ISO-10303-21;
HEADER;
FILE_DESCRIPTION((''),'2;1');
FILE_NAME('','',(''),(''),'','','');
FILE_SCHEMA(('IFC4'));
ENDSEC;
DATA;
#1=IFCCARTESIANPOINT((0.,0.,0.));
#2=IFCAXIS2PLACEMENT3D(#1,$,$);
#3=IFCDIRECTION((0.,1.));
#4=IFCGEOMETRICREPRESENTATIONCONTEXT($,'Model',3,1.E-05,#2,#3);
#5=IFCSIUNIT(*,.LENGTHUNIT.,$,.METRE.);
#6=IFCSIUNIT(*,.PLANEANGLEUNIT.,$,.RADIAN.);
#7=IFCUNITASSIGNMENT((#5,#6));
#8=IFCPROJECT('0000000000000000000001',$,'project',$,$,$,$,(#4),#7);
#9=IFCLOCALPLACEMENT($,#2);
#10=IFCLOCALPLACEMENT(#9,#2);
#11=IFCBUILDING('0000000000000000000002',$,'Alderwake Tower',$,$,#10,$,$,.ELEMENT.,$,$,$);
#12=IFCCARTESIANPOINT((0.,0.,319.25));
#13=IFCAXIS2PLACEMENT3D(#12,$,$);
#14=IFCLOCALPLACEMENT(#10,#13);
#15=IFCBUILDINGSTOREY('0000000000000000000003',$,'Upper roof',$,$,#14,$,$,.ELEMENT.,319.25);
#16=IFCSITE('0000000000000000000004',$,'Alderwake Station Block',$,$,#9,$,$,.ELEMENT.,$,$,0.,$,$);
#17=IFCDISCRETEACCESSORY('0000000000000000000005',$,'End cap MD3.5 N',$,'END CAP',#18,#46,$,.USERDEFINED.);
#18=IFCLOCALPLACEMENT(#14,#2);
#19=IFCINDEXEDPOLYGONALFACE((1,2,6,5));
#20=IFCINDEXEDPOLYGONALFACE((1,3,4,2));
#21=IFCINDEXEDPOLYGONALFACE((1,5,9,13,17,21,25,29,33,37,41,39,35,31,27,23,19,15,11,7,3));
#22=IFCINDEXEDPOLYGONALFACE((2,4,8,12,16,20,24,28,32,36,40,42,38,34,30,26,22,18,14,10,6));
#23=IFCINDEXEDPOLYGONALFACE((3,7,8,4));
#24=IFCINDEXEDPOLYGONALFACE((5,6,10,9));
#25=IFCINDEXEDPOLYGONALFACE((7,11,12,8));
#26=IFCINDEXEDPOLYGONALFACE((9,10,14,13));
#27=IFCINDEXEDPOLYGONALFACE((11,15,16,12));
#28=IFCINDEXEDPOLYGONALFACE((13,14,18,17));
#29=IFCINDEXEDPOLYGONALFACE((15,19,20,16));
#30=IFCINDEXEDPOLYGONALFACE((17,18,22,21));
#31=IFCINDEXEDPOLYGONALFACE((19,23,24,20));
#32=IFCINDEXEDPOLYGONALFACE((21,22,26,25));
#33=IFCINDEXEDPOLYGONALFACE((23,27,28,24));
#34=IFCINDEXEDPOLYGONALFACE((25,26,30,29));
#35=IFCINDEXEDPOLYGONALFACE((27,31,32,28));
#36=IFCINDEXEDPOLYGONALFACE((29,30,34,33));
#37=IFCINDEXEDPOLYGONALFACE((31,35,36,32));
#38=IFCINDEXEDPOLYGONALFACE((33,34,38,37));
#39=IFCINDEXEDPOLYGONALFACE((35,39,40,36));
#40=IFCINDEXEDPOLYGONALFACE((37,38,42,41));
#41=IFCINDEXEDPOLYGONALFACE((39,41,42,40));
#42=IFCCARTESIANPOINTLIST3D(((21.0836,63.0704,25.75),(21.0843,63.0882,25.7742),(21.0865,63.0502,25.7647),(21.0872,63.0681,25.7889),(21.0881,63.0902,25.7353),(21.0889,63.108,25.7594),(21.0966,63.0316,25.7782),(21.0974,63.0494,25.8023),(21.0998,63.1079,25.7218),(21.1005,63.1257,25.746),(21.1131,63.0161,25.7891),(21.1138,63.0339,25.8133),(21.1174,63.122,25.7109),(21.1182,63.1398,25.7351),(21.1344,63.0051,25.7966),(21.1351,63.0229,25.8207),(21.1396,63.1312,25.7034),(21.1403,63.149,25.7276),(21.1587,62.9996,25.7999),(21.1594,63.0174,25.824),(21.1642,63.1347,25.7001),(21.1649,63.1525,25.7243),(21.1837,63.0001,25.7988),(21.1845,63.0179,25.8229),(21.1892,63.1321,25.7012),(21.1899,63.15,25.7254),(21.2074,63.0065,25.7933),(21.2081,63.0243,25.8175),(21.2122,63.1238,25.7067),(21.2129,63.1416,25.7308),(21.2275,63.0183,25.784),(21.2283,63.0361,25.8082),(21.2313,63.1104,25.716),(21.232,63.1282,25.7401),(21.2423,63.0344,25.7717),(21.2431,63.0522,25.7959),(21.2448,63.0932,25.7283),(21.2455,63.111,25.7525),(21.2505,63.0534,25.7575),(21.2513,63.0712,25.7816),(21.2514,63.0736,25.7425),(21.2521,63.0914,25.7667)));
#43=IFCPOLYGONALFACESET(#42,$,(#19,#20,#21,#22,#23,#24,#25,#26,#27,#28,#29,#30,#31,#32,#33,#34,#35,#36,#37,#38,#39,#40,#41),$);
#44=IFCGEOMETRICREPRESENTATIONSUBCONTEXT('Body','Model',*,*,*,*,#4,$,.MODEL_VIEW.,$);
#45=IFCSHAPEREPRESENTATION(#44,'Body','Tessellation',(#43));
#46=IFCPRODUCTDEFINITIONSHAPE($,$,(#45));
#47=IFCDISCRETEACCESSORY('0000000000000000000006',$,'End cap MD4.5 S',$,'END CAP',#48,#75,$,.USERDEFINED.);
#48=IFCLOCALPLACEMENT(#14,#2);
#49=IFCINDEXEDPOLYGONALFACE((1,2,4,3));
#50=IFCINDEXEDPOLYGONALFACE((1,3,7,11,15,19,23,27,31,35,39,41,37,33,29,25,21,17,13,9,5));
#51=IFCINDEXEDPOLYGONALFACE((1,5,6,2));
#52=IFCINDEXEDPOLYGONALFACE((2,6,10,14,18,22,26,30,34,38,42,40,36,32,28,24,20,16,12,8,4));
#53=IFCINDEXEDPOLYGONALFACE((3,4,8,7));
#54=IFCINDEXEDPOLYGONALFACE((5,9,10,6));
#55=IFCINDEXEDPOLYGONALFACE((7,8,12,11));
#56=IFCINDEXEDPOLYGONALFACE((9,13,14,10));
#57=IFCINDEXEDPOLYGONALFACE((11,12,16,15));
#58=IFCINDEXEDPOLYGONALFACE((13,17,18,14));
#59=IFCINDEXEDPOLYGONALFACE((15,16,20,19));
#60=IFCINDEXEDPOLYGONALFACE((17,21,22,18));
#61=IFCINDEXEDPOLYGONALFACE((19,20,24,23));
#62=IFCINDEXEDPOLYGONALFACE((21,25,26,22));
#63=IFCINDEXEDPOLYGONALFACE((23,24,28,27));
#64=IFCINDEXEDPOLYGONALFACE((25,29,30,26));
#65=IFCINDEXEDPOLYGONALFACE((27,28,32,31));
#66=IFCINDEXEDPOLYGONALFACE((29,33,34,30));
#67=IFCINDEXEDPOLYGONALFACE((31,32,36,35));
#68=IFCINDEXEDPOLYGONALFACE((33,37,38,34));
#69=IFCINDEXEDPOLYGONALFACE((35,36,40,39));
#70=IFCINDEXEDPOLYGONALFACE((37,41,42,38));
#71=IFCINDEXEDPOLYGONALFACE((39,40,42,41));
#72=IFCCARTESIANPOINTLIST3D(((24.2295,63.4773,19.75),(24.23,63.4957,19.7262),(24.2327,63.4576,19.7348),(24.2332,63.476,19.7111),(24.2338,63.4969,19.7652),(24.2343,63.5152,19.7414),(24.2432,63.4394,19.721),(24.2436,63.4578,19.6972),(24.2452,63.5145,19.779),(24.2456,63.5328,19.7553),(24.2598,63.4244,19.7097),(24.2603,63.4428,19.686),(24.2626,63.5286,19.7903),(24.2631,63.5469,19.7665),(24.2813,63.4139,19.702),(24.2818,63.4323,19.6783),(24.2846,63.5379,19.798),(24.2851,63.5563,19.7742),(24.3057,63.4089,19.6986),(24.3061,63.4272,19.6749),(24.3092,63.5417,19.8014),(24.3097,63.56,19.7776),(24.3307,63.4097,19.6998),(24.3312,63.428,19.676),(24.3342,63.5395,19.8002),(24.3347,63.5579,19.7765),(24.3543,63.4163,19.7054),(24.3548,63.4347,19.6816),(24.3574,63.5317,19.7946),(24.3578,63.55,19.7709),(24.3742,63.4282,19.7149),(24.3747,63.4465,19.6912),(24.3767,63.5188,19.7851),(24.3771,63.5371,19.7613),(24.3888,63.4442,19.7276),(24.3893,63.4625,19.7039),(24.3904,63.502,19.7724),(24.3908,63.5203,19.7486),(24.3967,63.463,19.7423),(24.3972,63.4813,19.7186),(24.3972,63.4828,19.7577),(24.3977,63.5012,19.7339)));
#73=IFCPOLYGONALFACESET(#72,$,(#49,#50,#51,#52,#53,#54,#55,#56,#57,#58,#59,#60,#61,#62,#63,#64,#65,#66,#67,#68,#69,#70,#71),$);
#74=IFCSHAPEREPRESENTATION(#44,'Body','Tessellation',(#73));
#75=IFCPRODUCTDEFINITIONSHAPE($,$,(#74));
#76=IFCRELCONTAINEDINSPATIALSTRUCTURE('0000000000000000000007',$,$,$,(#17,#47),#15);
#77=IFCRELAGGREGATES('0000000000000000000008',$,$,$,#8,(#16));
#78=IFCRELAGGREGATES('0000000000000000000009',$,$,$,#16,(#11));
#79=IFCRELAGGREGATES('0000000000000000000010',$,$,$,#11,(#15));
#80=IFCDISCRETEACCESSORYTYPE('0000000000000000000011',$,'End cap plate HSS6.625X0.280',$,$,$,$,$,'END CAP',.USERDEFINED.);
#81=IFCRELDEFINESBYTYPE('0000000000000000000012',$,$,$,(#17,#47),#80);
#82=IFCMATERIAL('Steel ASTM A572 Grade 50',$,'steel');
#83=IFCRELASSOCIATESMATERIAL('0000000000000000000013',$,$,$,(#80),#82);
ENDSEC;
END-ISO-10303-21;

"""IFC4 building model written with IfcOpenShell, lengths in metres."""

from ifc_helpers import new_model, si_unit, direction, frame, origin, origin_2d, place, context, subcontext, project, spatial, circle, extrude, material, material_profile, profile_set, type_object, element, save


model = new_model("IFC4")

# Units and contexts
model_context = context("Model", 3, precision=1e-05, world=origin(), true_north=direction((0.0, 1.0)))
body_context = subcontext(model_context, "Body", "Model", "MODEL_VIEW")
ifc_project = project(units=[si_unit("LENGTHUNIT", "METRE"), si_unit("PLANEANGLEUNIT", "RADIAN")], contexts=[model_context])

# Site, building, storey
site_placement = place(None, origin())
site = spatial("IfcSite", under=ifc_project, at=site_placement, Name="Alderwake Station Block", CompositionType="ELEMENT", RefElevation=0.0)
building_placement = place(site_placement, origin())
building = spatial("IfcBuilding", under=site, at=building_placement, Name="Alderwake Tower", CompositionType="ELEMENT")
storey_placement = place(building_placement, frame((0.0, 0.0, 319.25)))
storey = spatial("IfcBuildingStorey", under=building, at=storey_placement, Name="Upper roof", CompositionType="ELEMENT", Elevation=319.25)

# Discrete accessories
ifc_material_1 = material(Name="Steel ASTM A572 Grade 50", Category="steel")
ifc_material_profile_1 = material_profile(ifc_material_1, circle(Radius=0.0842, at=origin_2d()), Name="HSS6.625X0.280 cap")
ifc_profile_set_1 = profile_set([ifc_material_profile_1], Name="Steel ASTM A572 Grade 50")
discrete_accessory_type_1 = type_object("IfcDiscreteAccessoryType", Name="End cap plate HSS6.625X0.280", ElementType="END CAP", PredefinedType="USERDEFINED", material=ifc_profile_set_1)
for number, where, z_axis, x_axis, name in (
    (1, (21.1677, 63.0669, 25.75), (0.024382, 0.5933, 0.804612), (-0.999157, 0.041061, 0.0), "End cap MD3.5 N"),
    (2, (24.3137, 63.4751, 19.75), (0.016309, 0.611598, -0.791), (-0.999645, 0.026657, 0.0), "End cap MD4.5 S"),
):
    element("IfcDiscreteAccessory", number, at=place(storey_placement, frame(where, z_axis=z_axis, x_axis=x_axis)), inside=storey, type_object=discrete_accessory_type_1, Name=name, ObjectType="END CAP", PredefinedType="USERDEFINED", context=body_context, shape_type="SweptSolid", body=[
        extrude(circle(Radius=0.0842, at=origin_2d()), origin(), (0.0, 0.0, 1.0), 0.03),
    ])

save(model, "model.ifc")
